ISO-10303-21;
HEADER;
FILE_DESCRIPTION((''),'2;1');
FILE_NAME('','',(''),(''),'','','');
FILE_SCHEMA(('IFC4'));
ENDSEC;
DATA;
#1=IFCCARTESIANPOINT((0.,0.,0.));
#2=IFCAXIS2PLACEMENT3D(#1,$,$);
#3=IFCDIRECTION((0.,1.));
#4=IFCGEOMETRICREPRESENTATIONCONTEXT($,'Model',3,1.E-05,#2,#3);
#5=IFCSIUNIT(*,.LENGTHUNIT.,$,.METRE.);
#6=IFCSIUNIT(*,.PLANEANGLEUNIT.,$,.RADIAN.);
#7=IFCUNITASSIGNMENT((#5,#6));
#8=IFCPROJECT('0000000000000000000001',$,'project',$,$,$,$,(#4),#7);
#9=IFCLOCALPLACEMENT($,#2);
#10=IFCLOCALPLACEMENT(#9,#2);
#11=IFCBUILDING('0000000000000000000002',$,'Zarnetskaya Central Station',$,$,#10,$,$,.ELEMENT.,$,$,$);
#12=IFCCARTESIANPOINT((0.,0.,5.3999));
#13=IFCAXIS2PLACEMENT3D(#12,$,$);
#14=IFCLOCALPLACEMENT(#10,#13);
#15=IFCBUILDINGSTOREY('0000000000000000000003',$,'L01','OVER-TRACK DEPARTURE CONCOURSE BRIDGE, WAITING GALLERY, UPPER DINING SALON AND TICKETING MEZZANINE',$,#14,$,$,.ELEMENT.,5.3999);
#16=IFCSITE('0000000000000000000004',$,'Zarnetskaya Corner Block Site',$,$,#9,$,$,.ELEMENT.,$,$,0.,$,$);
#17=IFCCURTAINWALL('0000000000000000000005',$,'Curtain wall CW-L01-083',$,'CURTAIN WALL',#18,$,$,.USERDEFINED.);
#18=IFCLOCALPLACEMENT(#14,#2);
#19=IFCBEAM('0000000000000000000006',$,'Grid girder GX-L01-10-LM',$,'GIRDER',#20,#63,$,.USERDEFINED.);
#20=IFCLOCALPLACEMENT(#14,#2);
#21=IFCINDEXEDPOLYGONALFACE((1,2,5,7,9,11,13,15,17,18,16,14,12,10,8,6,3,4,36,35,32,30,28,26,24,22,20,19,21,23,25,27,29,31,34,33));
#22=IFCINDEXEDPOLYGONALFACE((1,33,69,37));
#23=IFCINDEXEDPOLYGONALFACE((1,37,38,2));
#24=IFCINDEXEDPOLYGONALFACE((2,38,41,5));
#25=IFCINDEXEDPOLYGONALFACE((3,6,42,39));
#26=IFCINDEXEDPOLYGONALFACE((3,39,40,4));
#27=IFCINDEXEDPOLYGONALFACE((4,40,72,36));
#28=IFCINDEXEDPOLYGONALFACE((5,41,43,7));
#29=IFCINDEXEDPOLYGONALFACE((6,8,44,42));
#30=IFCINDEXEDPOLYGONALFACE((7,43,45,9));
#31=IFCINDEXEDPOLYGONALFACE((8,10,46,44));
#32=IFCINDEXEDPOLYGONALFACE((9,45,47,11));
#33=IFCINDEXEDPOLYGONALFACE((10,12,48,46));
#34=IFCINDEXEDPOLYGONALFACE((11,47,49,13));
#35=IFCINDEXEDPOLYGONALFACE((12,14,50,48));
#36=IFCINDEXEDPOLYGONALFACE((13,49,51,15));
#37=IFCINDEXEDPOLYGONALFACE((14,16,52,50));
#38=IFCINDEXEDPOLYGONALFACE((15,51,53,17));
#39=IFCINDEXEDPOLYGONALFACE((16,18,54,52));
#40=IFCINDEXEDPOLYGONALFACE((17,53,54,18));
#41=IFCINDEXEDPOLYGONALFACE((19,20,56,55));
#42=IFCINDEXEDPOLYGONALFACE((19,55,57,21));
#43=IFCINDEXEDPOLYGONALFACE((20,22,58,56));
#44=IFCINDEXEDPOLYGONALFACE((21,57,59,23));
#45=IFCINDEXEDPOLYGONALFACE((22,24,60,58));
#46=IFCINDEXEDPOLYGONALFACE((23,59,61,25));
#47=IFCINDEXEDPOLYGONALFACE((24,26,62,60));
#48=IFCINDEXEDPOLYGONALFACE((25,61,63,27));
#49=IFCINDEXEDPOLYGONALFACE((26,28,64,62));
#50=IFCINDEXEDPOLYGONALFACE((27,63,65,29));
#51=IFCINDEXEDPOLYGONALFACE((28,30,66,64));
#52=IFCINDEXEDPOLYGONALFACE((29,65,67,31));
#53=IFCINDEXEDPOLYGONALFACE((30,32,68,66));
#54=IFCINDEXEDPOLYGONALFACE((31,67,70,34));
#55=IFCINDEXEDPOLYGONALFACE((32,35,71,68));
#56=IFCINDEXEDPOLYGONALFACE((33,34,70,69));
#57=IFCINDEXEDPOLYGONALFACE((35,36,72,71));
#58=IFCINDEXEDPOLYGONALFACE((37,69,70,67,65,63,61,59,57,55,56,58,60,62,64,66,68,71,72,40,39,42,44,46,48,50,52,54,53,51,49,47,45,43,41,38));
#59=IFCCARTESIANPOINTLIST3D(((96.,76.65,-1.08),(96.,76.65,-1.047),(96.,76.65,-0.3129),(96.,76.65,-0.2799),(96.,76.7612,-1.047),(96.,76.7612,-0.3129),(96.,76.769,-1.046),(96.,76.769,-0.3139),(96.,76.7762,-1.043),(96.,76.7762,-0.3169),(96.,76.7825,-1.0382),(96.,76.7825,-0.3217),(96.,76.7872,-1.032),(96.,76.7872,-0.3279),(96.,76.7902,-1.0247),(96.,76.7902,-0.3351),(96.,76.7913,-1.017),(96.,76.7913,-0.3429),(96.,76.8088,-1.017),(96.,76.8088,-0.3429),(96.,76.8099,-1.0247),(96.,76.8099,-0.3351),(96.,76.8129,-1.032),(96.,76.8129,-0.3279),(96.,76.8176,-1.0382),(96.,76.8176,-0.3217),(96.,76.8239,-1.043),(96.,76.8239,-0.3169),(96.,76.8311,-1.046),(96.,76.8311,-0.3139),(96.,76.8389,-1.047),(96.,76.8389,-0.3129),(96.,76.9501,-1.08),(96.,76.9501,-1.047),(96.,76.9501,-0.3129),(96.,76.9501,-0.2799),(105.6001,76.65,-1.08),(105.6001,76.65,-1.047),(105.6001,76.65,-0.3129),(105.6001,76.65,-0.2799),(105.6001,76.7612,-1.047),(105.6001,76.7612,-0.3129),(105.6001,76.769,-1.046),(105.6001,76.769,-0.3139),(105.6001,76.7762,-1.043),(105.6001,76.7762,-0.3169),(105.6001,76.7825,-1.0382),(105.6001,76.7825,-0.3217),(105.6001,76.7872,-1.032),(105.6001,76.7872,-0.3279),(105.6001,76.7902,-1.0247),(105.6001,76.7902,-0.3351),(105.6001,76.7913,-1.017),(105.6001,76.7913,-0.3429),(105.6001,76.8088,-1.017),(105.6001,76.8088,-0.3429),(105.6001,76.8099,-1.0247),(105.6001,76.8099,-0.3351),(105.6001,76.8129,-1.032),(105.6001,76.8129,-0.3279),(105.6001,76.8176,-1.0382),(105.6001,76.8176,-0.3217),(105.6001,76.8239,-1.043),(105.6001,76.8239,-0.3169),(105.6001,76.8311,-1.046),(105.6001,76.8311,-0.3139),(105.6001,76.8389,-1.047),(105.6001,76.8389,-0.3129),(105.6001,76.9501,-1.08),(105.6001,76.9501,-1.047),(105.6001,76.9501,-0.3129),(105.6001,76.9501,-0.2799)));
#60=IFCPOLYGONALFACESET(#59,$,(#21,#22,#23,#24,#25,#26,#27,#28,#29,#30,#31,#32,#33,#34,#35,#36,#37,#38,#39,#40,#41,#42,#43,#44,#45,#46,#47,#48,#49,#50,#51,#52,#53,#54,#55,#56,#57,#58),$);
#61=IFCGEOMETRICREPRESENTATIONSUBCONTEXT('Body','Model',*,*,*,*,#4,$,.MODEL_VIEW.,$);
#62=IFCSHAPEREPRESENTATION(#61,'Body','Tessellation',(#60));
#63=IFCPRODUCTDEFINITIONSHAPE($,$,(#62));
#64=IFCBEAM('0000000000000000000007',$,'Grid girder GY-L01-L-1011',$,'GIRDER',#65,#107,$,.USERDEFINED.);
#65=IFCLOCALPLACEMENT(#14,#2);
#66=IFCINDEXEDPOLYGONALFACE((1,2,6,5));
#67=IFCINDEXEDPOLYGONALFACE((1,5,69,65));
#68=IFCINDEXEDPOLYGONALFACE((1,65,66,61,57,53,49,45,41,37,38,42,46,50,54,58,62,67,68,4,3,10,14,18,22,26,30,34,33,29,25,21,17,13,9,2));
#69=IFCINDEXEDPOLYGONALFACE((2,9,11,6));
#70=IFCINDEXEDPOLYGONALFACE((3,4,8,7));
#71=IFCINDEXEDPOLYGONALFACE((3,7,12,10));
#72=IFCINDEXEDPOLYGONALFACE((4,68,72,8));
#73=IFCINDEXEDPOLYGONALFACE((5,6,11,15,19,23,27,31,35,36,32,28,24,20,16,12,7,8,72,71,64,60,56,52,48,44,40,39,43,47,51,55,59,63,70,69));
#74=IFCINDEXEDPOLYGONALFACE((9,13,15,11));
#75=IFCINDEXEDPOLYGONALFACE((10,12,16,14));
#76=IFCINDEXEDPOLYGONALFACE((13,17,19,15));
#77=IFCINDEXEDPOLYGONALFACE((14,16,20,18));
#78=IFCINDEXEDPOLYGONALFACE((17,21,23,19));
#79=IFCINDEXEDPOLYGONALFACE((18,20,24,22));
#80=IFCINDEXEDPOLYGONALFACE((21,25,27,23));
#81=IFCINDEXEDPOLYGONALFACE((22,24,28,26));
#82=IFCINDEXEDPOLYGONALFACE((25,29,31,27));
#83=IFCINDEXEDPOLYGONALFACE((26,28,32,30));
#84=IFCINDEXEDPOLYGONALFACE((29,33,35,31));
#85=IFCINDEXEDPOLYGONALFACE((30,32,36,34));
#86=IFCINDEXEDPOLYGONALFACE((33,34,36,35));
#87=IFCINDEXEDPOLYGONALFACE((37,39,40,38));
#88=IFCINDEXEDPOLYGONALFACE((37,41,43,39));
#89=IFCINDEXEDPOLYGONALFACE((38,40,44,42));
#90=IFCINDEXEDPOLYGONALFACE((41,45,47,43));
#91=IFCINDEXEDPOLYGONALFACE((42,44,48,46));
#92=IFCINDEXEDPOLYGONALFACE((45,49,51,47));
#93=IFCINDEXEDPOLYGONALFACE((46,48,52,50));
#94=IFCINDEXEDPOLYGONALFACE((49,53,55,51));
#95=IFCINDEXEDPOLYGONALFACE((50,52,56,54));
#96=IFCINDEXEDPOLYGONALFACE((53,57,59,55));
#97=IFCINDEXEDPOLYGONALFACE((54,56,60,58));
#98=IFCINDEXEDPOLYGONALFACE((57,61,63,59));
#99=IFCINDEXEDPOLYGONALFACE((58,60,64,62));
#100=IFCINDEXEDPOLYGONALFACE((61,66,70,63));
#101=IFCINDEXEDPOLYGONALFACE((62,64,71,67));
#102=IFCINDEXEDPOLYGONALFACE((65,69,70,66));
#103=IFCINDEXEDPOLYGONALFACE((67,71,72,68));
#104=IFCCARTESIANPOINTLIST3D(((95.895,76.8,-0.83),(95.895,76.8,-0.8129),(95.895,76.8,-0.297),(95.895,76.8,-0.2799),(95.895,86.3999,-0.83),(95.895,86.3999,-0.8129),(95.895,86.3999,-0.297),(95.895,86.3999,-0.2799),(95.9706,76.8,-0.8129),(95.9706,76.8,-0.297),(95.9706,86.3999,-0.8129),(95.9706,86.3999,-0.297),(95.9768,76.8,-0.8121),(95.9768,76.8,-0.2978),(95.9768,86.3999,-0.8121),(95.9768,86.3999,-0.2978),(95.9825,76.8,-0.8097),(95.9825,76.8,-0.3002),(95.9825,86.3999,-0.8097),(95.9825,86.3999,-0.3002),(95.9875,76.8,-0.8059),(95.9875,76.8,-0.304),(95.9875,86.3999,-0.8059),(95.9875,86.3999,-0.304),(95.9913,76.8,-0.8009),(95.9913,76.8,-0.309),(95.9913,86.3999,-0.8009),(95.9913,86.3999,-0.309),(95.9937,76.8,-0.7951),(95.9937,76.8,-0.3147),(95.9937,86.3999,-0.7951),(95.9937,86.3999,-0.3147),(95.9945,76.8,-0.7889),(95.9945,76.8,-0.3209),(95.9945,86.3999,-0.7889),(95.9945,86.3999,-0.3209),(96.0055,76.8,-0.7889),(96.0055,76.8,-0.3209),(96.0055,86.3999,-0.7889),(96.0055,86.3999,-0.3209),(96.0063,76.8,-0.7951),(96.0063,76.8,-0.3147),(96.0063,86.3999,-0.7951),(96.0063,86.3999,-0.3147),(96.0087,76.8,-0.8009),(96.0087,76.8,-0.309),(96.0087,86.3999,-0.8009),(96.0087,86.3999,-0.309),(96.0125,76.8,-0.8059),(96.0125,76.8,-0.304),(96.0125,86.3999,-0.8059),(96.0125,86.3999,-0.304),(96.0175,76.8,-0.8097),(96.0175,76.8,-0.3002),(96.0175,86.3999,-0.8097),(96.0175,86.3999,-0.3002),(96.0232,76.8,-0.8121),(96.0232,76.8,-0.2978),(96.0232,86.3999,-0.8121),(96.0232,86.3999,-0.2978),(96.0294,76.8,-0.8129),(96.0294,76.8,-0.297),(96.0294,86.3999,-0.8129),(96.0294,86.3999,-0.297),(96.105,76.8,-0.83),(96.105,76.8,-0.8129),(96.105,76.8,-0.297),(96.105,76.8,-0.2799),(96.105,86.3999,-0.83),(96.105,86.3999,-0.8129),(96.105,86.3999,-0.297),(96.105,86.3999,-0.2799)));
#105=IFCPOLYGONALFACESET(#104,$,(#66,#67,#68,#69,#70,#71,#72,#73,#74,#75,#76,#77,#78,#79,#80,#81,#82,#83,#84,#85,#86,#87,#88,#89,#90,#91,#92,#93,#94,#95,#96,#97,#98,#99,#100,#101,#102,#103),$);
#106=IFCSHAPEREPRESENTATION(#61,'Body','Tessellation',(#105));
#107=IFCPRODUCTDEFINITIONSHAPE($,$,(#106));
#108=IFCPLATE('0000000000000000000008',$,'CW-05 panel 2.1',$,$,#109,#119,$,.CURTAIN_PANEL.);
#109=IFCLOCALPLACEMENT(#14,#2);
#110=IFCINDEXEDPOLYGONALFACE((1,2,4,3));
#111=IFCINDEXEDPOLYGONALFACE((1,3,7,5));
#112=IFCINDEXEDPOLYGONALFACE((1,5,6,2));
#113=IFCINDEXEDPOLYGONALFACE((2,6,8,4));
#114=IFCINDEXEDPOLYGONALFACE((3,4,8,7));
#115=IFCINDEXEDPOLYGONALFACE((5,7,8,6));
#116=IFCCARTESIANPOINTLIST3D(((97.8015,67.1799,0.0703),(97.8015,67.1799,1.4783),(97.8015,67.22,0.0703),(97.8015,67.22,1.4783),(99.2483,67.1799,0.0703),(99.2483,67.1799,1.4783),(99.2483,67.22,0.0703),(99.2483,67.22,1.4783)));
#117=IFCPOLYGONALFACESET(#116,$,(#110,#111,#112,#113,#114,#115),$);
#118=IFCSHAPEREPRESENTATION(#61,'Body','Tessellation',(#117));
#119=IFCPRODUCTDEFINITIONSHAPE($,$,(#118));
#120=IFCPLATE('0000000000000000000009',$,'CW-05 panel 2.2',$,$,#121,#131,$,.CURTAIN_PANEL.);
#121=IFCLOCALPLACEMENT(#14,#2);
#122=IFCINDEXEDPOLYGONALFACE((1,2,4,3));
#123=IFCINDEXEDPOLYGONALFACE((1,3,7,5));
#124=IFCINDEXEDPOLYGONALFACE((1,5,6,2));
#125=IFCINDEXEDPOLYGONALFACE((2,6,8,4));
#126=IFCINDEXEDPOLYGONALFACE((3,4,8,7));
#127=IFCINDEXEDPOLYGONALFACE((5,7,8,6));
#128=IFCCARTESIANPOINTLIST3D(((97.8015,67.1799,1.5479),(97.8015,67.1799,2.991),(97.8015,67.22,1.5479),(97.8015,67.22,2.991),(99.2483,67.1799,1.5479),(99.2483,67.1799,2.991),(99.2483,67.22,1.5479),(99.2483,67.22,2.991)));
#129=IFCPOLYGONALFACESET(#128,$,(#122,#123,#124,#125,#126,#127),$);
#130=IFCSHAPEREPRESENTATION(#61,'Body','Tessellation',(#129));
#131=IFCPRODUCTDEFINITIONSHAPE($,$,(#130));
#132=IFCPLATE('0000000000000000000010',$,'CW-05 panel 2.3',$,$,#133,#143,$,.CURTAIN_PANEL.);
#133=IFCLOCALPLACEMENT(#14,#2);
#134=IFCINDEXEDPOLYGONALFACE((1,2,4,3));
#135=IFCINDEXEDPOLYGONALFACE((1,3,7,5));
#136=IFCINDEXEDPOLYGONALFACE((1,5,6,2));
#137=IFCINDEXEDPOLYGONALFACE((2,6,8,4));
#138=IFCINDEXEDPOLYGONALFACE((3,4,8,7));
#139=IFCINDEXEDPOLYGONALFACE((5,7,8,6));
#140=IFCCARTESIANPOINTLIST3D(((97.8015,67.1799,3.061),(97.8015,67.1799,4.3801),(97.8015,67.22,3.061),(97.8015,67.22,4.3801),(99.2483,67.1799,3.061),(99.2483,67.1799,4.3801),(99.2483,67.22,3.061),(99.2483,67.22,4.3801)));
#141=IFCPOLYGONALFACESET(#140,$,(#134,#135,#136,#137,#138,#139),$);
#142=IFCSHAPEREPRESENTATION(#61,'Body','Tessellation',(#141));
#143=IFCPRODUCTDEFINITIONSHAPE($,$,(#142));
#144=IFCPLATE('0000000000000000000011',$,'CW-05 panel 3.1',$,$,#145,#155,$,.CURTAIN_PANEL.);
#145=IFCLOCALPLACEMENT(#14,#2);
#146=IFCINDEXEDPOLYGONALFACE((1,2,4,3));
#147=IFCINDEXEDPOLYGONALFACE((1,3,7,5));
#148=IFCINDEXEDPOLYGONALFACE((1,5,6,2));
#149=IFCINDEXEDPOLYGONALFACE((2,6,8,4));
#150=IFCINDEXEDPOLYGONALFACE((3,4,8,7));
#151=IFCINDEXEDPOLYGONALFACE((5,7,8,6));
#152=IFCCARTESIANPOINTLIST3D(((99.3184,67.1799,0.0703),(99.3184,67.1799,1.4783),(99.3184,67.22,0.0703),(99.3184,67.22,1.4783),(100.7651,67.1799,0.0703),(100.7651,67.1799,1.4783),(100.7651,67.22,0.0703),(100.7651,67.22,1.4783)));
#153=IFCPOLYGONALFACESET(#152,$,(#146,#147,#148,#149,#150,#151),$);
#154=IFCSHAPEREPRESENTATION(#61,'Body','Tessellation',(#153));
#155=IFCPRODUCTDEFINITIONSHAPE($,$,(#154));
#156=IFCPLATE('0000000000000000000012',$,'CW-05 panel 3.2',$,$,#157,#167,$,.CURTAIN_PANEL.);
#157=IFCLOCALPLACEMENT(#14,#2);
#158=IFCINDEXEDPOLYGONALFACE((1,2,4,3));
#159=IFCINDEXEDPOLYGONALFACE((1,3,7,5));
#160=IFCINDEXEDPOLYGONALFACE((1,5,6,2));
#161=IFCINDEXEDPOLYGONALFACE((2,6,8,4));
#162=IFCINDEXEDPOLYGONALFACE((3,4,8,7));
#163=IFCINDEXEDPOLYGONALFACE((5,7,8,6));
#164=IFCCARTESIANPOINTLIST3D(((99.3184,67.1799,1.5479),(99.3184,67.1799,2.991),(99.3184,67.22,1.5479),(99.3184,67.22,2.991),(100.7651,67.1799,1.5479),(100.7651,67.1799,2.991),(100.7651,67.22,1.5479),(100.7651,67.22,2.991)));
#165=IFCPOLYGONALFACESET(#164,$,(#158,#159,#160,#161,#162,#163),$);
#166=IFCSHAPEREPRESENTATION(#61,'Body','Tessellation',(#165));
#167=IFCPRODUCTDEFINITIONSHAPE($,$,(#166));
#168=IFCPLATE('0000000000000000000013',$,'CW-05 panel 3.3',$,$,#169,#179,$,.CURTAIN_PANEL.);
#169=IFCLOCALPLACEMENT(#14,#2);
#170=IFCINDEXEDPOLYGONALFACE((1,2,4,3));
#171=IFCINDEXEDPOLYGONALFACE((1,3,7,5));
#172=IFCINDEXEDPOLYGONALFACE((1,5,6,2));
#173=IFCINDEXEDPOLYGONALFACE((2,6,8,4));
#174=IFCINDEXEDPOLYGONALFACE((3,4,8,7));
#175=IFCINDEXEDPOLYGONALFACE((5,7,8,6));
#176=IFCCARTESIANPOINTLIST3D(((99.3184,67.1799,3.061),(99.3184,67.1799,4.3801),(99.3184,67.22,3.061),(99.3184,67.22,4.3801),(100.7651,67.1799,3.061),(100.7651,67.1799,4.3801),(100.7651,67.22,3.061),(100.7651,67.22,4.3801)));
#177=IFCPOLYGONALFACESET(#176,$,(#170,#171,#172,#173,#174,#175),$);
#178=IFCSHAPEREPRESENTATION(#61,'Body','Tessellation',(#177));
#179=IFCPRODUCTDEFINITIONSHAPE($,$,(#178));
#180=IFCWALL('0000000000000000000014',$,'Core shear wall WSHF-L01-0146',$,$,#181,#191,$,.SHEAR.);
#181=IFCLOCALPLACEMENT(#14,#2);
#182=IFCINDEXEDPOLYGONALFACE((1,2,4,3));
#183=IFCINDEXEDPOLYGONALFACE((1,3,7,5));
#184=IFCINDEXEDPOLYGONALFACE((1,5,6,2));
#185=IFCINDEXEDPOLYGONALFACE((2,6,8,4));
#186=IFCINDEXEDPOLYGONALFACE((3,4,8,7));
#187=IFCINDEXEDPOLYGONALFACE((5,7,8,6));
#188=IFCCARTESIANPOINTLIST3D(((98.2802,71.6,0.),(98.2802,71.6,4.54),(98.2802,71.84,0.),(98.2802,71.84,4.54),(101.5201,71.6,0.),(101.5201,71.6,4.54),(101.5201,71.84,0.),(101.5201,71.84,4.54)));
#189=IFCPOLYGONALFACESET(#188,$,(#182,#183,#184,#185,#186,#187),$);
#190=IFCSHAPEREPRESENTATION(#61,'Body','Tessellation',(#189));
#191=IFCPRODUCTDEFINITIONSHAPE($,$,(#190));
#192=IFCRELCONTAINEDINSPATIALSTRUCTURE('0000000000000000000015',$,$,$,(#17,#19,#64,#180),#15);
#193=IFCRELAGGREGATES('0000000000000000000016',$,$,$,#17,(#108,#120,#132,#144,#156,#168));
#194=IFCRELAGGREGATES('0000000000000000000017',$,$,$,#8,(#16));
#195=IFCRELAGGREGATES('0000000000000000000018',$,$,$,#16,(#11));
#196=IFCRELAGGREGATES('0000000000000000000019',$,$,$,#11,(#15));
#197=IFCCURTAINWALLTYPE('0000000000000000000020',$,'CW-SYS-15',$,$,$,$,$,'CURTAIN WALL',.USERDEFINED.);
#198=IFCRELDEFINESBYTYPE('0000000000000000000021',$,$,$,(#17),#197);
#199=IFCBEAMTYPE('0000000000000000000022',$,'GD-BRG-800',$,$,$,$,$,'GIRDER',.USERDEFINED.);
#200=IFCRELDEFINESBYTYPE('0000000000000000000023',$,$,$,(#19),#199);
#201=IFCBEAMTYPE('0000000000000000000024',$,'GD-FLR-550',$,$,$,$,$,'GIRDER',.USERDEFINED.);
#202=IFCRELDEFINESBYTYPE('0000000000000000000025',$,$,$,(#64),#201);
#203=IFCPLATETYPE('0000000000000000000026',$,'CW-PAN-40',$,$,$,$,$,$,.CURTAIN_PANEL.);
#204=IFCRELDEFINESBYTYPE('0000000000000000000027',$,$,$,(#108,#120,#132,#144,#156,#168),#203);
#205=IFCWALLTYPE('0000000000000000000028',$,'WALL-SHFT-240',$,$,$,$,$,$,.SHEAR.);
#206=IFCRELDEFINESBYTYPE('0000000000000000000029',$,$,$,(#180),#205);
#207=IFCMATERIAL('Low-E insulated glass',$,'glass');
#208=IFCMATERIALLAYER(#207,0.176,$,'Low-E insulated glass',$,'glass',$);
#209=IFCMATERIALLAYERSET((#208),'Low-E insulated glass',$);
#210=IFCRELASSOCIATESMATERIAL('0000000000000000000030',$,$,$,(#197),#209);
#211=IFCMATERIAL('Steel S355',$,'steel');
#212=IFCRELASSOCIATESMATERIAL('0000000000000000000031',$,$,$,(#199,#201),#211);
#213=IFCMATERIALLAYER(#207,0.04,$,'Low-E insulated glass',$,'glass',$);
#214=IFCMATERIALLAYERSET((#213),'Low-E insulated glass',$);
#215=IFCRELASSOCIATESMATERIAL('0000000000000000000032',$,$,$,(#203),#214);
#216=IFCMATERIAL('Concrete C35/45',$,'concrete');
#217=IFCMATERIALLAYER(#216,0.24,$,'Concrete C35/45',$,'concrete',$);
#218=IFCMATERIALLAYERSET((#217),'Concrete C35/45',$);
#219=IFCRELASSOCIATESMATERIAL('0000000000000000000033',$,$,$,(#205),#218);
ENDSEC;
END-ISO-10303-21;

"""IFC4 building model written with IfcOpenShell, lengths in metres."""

from ifc_helpers import new_model, si_unit, direction, frame, frame_2d, origin, origin_2d, place, context, subcontext, project, spatial, rectangle, i_section, extrude, material, layer, layer_set, material_profile, profile_set, type_object, element, aggregate, save


model = new_model("IFC4")

# Units and contexts
model_context = context("Model", 3, precision=1e-05, world=origin(), true_north=direction((0.0, 1.0)))
body_context = subcontext(model_context, "Body", "Model", "MODEL_VIEW")
ifc_project = project(units=[si_unit("LENGTHUNIT", "METRE"), si_unit("PLANEANGLEUNIT", "RADIAN")], contexts=[model_context])

# Site, building, storey
site_placement = place(None, origin())
site = spatial("IfcSite", under=ifc_project, at=site_placement, Name="Zarnetskaya Corner Block Site", CompositionType="ELEMENT", RefElevation=0.0)
building_placement = place(site_placement, origin())
building = spatial("IfcBuilding", under=site, at=building_placement, Name="Zarnetskaya Central Station", CompositionType="ELEMENT")
storey_placement = place(building_placement, frame((0.0, 0.0, 5.3999)))
storey = spatial("IfcBuildingStorey", under=building, at=storey_placement, Name="L01", Description="OVER-TRACK DEPARTURE CONCOURSE BRIDGE, WAITING GALLERY, UPPER DINING SALON AND TICKETING MEZZANINE", CompositionType="ELEMENT", Elevation=5.3999)

# Shared definitions
ifc_material_1 = material(Name="Steel S355", Category="steel")

# Curtain wall
ifc_material_2 = material(Name="Low-E insulated glass", Category="glass")
ifc_layer_1 = layer(ifc_material_2, 0.176, Name="Low-E insulated glass", Category="glass")
ifc_layer_set_1 = layer_set([ifc_layer_1], Name="Low-E insulated glass")
curtain_wall_type = type_object("IfcCurtainWallType", Name="CW-SYS-15", ElementType="CURTAIN WALL", PredefinedType="USERDEFINED", material=ifc_layer_set_1)
curtain_wall_placement = place(storey_placement, origin())
curtain_wall = element("IfcCurtainWall", 1, at=curtain_wall_placement, inside=storey, type_object=curtain_wall_type, Name="Curtain wall CW-L01-083", ObjectType="CURTAIN WALL", PredefinedType="USERDEFINED")

# Beams
ifc_material_profile_1 = material_profile(ifc_material_1, i_section(OverallWidth=0.3, OverallDepth=0.8, WebThickness=0.0176, FlangeThickness=0.033, FilletRadius=0.03, at=origin_2d()), Name="HEB 800")
ifc_profile_set_1 = profile_set([ifc_material_profile_1], Name="Steel S355")
beam_type_1 = type_object("IfcBeamType", Name="GD-BRG-800", ElementType="GIRDER", PredefinedType="USERDEFINED", material=ifc_profile_set_1)
beam_1_placement = place(storey_placement, frame((96.0, 76.8, -0.6799), z_axis=(1.0, 0.0, 0.0), x_axis=(0.0, 1.0, 0.0)))
element("IfcBeam", 2, at=beam_1_placement, inside=storey, type_object=beam_type_1, Name="Grid girder GX-L01-10-LM", ObjectType="GIRDER", PredefinedType="USERDEFINED", context=body_context, shape_type="SweptSolid", body=[
    extrude(i_section(OverallWidth=0.3, OverallDepth=0.8, WebThickness=0.0176, FlangeThickness=0.033, FilletRadius=0.03, at=origin_2d()), origin(), (0.0, 0.0, 1.0), 9.6001),
])
ifc_material_profile_2 = material_profile(ifc_material_1, i_section(OverallWidth=0.21, OverallDepth=0.55, WebThickness=0.011, FlangeThickness=0.0171, FilletRadius=0.0239, at=origin_2d()), Name="IPE 550")
ifc_profile_set_2 = profile_set([ifc_material_profile_2], Name="Steel S355")
beam_type_2 = type_object("IfcBeamType", Name="GD-FLR-550", ElementType="GIRDER", PredefinedType="USERDEFINED", material=ifc_profile_set_2)
beam_2_placement = place(storey_placement, frame((96.0, 76.8, -0.5549), z_axis=(0.0, 1.0, 0.0), x_axis=(-1.0, 0.0, 0.0)))
element("IfcBeam", 3, at=beam_2_placement, inside=storey, type_object=beam_type_2, Name="Grid girder GY-L01-L-1011", ObjectType="GIRDER", PredefinedType="USERDEFINED", context=body_context, shape_type="SweptSolid", body=[
    extrude(i_section(OverallWidth=0.21, OverallDepth=0.55, WebThickness=0.011, FlangeThickness=0.0171, FilletRadius=0.0239, at=origin_2d()), origin(), (0.0, 0.0, 1.0), 9.5999),
])

# Plates
ifc_layer_2 = layer(ifc_material_2, 0.04, Name="Low-E insulated glass", Category="glass")
ifc_layer_set_2 = layer_set([ifc_layer_2], Name="Low-E insulated glass")
plate_type = type_object("IfcPlateType", Name="CW-PAN-40", PredefinedType="CURTAIN_PANEL", material=ifc_layer_set_2)
plate_1_placement = place(storey_placement, frame((98.5249, 67.2, 0.0703), z_axis=(0.0, 0.0, 1.0), x_axis=(1.0, 0.0, 0.0)))
plate_1 = element("IfcPlate", 4, at=plate_1_placement, type_object=plate_type, Name="CW-05 panel 2.1", PredefinedType="CURTAIN_PANEL", context=body_context, shape_type="SweptSolid", body=[
    extrude(rectangle(XDim=1.4468, YDim=0.04, at=origin_2d()), origin(), (0.0, 0.0, 1.0), 1.408),
])
plate_2_placement = place(storey_placement, frame((98.5249, 67.2, 1.5479), z_axis=(0.0, 0.0, 1.0), x_axis=(1.0, 0.0, 0.0)))
plate_2 = element("IfcPlate", 5, at=plate_2_placement, type_object=plate_type, Name="CW-05 panel 2.2", PredefinedType="CURTAIN_PANEL", context=body_context, shape_type="SweptSolid", body=[
    extrude(rectangle(XDim=1.4468, YDim=0.04, at=origin_2d()), origin(), (0.0, 0.0, 1.0), 1.4431),
])
plate_3_placement = place(storey_placement, frame((98.5249, 67.2, 3.061), z_axis=(0.0, 0.0, 1.0), x_axis=(1.0, 0.0, 0.0)))
plate_3 = element("IfcPlate", 6, at=plate_3_placement, type_object=plate_type, Name="CW-05 panel 2.3", PredefinedType="CURTAIN_PANEL", context=body_context, shape_type="SweptSolid", body=[
    extrude(rectangle(XDim=1.4468, YDim=0.04, at=origin_2d()), origin(), (0.0, 0.0, 1.0), 1.3191),
])
plate_4_placement = place(storey_placement, frame((100.0417, 67.2, 0.0703), z_axis=(0.0, 0.0, 1.0), x_axis=(1.0, 0.0, 0.0)))
plate_4 = element("IfcPlate", 7, at=plate_4_placement, type_object=plate_type, Name="CW-05 panel 3.1", PredefinedType="CURTAIN_PANEL", context=body_context, shape_type="SweptSolid", body=[
    extrude(rectangle(XDim=1.4468, YDim=0.04, at=origin_2d()), origin(), (0.0, 0.0, 1.0), 1.408),
])
plate_5_placement = place(storey_placement, frame((100.0417, 67.2, 1.5479), z_axis=(0.0, 0.0, 1.0), x_axis=(1.0, 0.0, 0.0)))
plate_5 = element("IfcPlate", 8, at=plate_5_placement, type_object=plate_type, Name="CW-05 panel 3.2", PredefinedType="CURTAIN_PANEL", context=body_context, shape_type="SweptSolid", body=[
    extrude(rectangle(XDim=1.4468, YDim=0.04, at=origin_2d()), origin(), (0.0, 0.0, 1.0), 1.4431),
])
plate_6_placement = place(storey_placement, frame((100.0417, 67.2, 3.061), z_axis=(0.0, 0.0, 1.0), x_axis=(1.0, 0.0, 0.0)))
plate_6 = element("IfcPlate", 9, at=plate_6_placement, type_object=plate_type, Name="CW-05 panel 3.3", PredefinedType="CURTAIN_PANEL", context=body_context, shape_type="SweptSolid", body=[
    extrude(rectangle(XDim=1.4468, YDim=0.04, at=origin_2d()), origin(), (0.0, 0.0, 1.0), 1.3191),
])
aggregate(curtain_wall, [plate_1, plate_2, plate_3, plate_4, plate_5, plate_6])

# Wall
ifc_material_3 = material(Name="Concrete C35/45", Category="concrete")
ifc_layer_3 = layer(ifc_material_3, 0.24, Name="Concrete C35/45", Category="concrete")
ifc_layer_set_3 = layer_set([ifc_layer_3], Name="Concrete C35/45")
wall_type = type_object("IfcWallType", Name="WALL-SHFT-240", PredefinedType="SHEAR", material=ifc_layer_set_3)
wall_1_placement = place(storey_placement, frame((98.28, 71.72, 0.0), z_axis=(0.0, 0.0, 1.0), x_axis=(1.0, 0.0, 0.0)))
element("IfcWall", 10, at=wall_1_placement, inside=storey, type_object=wall_type, Name="Core shear wall WSHF-L01-0146", PredefinedType="SHEAR", context=body_context, shape_type="SweptSolid", body=[
    extrude(rectangle(XDim=3.24, YDim=0.24, at=frame_2d((1.6201, 0.0))), origin(), (0.0, 0.0, 1.0), 4.54),
])

save(model, "model.ifc")
